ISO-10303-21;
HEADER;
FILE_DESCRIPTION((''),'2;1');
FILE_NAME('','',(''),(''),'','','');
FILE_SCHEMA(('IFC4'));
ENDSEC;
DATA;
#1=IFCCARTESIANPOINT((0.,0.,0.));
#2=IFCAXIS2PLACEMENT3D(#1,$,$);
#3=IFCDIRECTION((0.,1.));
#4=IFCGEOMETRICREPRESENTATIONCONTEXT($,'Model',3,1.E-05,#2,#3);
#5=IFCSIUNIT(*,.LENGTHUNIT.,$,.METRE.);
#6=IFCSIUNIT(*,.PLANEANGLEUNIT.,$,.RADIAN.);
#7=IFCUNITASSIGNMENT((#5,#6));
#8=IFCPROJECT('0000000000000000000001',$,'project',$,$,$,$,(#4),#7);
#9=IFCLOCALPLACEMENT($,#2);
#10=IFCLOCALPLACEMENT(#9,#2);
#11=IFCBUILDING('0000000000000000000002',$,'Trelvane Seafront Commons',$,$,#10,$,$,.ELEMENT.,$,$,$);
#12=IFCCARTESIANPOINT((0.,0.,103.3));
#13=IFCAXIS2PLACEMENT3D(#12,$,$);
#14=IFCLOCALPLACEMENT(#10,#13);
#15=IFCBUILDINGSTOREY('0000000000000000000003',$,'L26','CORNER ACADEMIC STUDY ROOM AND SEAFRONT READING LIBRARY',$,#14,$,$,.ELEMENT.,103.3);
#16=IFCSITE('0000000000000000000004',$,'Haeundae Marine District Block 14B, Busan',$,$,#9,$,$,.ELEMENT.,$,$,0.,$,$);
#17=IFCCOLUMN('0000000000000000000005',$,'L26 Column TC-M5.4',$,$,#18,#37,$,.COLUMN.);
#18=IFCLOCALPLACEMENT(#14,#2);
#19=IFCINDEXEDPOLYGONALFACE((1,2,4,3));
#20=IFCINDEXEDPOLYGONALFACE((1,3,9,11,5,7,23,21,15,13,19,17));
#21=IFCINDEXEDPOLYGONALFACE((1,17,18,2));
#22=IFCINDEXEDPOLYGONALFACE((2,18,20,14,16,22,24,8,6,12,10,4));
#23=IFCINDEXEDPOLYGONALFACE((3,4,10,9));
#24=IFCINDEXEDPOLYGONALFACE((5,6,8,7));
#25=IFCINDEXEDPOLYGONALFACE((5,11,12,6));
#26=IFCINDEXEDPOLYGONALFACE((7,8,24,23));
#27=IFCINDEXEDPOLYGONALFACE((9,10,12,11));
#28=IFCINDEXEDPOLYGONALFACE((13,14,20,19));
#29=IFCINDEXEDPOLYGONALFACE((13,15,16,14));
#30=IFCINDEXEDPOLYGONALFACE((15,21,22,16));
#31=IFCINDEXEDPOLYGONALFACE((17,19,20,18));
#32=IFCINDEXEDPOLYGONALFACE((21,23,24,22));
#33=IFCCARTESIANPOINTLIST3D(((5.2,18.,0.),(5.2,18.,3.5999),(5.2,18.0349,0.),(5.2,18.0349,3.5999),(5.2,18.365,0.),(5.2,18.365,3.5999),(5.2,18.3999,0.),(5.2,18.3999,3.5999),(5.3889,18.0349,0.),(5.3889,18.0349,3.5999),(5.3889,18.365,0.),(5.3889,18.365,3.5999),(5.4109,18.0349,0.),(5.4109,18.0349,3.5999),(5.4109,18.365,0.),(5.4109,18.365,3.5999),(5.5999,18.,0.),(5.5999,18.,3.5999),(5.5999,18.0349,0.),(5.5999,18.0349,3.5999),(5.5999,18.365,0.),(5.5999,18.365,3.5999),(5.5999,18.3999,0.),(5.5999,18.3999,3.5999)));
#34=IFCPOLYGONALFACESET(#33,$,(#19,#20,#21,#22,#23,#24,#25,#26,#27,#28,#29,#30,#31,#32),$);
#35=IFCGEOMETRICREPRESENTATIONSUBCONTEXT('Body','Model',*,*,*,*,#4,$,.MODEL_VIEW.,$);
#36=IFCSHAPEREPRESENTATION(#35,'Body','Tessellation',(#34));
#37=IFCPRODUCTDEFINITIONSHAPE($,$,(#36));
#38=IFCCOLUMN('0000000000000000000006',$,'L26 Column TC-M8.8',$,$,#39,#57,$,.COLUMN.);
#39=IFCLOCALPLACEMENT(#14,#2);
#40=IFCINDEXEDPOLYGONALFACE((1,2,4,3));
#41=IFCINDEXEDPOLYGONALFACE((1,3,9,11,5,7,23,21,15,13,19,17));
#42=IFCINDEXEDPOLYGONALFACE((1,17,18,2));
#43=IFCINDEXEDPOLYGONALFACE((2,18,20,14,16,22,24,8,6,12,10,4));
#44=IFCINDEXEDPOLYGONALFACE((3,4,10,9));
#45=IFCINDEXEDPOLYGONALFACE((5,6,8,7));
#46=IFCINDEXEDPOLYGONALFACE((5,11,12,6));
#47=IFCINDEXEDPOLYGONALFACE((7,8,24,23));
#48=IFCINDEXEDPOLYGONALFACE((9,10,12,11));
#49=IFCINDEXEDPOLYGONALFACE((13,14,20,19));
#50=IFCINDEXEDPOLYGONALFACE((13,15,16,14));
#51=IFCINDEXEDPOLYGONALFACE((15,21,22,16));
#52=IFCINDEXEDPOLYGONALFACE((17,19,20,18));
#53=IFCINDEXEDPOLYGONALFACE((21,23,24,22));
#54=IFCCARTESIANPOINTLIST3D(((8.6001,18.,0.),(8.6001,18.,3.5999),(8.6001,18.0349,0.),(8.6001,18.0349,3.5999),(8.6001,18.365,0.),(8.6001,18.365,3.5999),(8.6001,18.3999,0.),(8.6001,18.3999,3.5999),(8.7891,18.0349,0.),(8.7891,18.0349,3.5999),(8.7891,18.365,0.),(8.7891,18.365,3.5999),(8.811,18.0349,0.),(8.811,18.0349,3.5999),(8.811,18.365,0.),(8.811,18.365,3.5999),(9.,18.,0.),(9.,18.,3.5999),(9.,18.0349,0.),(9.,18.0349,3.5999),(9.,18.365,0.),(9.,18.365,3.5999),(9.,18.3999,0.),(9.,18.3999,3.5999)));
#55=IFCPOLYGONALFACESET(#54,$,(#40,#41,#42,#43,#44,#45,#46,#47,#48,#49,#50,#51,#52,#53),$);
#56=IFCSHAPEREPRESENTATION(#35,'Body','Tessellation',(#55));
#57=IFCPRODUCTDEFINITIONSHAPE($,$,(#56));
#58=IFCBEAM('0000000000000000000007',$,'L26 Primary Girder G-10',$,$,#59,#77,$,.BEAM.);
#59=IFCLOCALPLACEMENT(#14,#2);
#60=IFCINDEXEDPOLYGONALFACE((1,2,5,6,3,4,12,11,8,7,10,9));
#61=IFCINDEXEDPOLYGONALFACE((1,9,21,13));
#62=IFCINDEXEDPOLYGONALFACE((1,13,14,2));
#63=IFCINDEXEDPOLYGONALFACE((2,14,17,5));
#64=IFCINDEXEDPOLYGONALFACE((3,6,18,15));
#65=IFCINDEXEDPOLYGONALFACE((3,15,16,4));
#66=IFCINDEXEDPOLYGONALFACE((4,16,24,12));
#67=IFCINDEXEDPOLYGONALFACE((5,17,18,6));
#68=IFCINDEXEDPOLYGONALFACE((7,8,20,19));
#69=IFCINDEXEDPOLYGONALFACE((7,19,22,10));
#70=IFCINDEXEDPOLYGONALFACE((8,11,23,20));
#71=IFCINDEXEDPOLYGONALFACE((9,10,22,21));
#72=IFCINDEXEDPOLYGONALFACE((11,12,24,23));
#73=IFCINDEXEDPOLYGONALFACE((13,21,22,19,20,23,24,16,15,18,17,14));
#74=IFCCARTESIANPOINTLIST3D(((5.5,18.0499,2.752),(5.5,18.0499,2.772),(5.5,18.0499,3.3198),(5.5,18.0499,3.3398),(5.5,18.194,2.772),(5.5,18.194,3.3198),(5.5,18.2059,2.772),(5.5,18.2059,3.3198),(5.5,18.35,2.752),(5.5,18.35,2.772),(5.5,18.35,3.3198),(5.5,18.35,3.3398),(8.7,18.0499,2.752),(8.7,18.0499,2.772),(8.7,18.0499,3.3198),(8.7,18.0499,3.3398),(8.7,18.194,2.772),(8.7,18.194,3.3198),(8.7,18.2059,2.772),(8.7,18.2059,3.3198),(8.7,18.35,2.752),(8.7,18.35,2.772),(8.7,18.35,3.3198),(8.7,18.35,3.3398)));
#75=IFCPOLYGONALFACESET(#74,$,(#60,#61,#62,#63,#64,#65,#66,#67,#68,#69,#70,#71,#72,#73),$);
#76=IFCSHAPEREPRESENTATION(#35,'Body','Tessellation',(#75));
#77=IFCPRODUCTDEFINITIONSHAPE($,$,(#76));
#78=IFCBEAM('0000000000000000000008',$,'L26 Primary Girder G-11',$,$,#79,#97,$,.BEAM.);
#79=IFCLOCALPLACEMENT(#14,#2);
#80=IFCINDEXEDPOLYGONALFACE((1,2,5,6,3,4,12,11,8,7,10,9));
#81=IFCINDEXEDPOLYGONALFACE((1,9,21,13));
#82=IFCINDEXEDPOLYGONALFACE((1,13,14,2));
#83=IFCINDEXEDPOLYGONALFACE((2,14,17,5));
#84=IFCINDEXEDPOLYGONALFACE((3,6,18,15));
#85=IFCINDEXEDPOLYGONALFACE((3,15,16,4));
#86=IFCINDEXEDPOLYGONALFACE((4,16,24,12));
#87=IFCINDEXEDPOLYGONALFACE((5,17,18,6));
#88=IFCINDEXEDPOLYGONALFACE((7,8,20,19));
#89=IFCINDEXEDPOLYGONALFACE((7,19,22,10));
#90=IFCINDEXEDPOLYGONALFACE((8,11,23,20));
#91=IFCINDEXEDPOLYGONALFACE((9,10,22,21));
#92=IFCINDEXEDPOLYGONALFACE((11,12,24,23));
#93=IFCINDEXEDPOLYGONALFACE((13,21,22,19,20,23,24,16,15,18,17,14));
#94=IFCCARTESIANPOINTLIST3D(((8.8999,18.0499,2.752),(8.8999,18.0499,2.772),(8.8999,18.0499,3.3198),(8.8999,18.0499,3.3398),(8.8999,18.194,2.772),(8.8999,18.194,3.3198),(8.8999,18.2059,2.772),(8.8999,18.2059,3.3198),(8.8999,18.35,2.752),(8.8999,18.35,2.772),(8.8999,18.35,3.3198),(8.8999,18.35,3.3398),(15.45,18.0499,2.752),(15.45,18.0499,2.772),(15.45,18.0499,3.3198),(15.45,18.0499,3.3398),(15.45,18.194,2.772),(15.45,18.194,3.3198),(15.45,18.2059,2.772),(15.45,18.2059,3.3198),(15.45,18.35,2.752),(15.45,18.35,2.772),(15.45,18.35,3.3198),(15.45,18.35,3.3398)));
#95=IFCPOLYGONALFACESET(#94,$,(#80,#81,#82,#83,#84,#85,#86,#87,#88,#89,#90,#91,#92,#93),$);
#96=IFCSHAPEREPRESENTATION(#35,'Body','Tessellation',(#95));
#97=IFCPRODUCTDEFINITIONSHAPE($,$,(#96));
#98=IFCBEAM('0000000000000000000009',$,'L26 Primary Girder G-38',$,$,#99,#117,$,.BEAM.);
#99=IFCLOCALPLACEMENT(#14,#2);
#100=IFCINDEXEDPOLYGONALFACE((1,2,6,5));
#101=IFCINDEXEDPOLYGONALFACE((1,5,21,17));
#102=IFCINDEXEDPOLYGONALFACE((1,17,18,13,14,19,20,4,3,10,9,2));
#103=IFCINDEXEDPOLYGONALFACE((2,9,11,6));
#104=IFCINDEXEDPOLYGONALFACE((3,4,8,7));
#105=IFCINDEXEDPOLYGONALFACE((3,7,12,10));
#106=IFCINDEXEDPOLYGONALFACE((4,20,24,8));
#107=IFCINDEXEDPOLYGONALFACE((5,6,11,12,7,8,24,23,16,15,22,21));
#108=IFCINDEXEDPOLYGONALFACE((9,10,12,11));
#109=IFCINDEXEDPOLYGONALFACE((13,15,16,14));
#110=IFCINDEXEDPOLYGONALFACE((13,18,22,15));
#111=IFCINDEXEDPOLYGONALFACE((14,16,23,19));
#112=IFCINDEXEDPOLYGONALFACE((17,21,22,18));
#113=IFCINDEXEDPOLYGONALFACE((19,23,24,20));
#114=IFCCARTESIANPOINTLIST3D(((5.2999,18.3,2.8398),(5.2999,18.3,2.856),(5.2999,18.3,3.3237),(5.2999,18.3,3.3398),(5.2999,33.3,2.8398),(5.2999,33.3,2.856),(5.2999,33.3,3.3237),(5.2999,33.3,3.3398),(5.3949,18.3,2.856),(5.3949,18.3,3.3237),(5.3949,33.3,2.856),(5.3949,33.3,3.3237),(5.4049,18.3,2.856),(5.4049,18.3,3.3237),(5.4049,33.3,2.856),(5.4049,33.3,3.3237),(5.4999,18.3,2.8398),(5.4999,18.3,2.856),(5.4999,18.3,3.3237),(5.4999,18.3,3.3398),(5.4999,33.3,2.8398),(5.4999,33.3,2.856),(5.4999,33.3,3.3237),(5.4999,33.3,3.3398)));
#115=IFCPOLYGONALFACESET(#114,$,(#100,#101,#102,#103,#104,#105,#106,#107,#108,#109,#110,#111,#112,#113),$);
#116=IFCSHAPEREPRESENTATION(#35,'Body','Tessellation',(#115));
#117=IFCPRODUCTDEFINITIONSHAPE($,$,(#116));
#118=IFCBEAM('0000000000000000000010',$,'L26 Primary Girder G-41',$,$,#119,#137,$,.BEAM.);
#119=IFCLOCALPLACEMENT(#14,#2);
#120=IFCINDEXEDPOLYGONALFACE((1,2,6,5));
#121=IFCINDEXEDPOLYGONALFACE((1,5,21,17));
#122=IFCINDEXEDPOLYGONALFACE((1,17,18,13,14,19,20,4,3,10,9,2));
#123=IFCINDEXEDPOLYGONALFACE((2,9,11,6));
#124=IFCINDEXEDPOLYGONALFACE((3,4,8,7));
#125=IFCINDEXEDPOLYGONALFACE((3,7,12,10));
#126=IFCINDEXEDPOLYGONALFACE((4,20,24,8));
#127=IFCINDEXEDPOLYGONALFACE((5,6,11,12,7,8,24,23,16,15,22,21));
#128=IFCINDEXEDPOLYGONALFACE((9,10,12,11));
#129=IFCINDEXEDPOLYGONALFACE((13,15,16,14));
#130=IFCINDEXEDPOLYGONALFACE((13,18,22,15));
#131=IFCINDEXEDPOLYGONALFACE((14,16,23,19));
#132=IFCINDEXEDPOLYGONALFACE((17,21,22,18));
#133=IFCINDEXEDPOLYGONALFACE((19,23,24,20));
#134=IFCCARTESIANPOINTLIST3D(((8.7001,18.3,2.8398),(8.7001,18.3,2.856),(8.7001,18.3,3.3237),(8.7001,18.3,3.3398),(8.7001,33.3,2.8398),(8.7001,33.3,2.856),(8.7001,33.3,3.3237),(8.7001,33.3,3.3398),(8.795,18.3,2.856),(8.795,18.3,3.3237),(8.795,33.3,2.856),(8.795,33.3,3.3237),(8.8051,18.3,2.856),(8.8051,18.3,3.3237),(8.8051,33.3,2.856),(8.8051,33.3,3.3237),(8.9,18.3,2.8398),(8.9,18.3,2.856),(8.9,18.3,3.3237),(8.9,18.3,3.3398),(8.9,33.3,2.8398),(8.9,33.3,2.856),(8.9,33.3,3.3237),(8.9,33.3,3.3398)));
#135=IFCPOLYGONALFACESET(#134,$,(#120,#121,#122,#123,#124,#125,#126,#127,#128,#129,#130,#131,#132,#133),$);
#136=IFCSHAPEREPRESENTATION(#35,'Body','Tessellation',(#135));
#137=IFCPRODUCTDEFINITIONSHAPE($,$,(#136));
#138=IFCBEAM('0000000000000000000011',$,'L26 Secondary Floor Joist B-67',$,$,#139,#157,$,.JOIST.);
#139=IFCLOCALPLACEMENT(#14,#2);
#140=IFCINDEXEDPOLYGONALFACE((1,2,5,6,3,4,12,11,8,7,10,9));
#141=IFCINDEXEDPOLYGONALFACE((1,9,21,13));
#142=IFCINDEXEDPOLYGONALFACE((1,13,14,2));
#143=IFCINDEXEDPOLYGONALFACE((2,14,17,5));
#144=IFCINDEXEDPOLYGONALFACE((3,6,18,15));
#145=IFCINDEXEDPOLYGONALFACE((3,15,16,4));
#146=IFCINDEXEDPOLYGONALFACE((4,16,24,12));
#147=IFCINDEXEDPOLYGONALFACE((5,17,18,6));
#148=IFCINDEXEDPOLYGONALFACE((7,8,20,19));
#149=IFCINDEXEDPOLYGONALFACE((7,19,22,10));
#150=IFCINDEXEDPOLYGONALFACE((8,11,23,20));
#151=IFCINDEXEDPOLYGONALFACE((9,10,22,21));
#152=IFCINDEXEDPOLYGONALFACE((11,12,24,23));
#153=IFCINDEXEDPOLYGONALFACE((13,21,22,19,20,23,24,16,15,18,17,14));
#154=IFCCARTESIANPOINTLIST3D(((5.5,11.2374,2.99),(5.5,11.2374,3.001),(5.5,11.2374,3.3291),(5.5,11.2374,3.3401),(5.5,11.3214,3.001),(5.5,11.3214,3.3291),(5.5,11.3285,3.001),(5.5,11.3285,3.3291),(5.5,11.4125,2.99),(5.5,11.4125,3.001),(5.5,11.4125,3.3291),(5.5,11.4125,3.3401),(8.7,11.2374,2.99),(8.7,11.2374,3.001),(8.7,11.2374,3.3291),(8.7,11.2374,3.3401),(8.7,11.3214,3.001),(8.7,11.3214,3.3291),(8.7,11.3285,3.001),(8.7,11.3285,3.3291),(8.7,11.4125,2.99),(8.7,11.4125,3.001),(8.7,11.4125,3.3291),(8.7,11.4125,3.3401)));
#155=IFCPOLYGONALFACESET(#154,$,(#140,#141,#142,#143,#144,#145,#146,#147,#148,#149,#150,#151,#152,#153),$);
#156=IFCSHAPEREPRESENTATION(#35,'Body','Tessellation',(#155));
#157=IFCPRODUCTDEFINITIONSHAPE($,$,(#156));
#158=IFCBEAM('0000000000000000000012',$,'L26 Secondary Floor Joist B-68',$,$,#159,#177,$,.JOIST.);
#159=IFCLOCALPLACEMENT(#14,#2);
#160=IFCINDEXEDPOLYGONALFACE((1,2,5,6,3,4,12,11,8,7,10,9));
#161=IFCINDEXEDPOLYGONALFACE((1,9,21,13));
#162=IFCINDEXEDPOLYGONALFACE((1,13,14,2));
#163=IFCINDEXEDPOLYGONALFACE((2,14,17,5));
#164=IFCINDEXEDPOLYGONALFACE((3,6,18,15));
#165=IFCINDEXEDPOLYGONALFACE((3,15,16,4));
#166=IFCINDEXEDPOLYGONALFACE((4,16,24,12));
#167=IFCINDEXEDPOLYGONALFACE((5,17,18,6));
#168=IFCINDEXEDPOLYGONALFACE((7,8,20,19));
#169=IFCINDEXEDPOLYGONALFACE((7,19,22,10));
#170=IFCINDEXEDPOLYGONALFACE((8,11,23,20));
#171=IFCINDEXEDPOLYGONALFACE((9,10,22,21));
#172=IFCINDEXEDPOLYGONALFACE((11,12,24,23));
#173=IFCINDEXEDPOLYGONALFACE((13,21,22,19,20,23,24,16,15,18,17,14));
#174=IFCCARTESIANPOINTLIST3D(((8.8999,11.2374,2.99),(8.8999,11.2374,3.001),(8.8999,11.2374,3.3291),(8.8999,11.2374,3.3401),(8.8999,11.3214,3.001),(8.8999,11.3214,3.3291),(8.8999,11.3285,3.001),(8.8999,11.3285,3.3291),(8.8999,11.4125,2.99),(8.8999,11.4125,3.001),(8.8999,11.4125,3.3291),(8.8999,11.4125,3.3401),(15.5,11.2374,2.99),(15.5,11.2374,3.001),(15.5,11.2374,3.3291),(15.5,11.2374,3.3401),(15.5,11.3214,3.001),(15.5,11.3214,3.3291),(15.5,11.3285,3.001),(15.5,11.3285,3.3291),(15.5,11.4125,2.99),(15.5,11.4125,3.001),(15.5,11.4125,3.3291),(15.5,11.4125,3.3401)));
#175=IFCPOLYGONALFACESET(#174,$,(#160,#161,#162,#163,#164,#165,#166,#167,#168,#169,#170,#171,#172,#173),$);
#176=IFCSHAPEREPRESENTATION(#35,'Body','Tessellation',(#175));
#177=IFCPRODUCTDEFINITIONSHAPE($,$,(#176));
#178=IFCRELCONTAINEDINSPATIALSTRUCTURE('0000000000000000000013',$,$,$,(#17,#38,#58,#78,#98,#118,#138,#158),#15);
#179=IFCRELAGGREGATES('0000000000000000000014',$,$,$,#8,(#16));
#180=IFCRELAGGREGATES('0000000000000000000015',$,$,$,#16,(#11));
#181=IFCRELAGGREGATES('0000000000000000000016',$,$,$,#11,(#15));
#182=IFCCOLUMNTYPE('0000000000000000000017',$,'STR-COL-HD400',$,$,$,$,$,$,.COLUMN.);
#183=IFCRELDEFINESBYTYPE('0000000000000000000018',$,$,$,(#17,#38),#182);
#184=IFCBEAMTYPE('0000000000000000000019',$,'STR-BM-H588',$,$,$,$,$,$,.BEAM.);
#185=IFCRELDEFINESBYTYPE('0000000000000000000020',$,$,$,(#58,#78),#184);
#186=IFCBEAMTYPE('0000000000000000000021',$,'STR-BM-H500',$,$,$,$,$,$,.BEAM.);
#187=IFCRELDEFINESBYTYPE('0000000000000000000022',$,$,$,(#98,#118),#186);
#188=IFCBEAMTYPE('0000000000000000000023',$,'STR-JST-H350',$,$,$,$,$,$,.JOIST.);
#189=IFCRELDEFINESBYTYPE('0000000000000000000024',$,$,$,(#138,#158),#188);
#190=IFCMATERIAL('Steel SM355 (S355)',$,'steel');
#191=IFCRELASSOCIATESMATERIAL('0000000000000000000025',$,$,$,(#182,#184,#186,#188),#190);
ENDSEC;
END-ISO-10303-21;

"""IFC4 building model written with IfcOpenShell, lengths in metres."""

from ifc_helpers import new_model, si_unit, direction, frame, origin, origin_2d, place, context, subcontext, project, spatial, i_section, extrude, source, transform, mapped, material, material_profile, profile_set, type_object, element, save


model = new_model("IFC4")

# Units and contexts
model_context = context("Model", 3, precision=1e-05, world=origin(), true_north=direction((0.0, 1.0)))
body_context = subcontext(model_context, "Body", "Model", "MODEL_VIEW")
ifc_project = project(units=[si_unit("LENGTHUNIT", "METRE"), si_unit("PLANEANGLEUNIT", "RADIAN")], contexts=[model_context])

# Site, building, storey
site_placement = place(None, origin())
site = spatial("IfcSite", under=ifc_project, at=site_placement, Name="Haeundae Marine District Block 14B, Busan", CompositionType="ELEMENT", RefElevation=0.0)
building_placement = place(site_placement, origin())
building = spatial("IfcBuilding", under=site, at=building_placement, Name="Trelvane Seafront Commons", CompositionType="ELEMENT")
storey_placement = place(building_placement, frame((0.0, 0.0, 103.3)))
storey = spatial("IfcBuildingStorey", under=building, at=storey_placement, Name="L26", Description="CORNER ACADEMIC STUDY ROOM AND SEAFRONT READING LIBRARY", CompositionType="ELEMENT", Elevation=103.3)

# Columns
ifc_material_1 = material(Name="Steel SM355 (S355)", Category="steel")
ifc_material_profile_1 = material_profile(ifc_material_1, i_section(OverallWidth=0.3999, OverallDepth=0.3999, WebThickness=0.022, FlangeThickness=0.0349, at=origin_2d()), Name="HD-400x400x22x35")
ifc_profile_set_1 = profile_set([ifc_material_profile_1], Name="Steel SM355 (S355)")
column_type = type_object("IfcColumnType", Name="STR-COL-HD400", PredefinedType="COLUMN", material=ifc_profile_set_1)
shared_shape_1 = source(origin(), body_context, "Body", "SweptSolid", [
    extrude(i_section(OverallWidth=0.3999, OverallDepth=0.3999, WebThickness=0.022, FlangeThickness=0.0349, at=origin_2d()), origin(), (0.0, 0.0, 1.0), 3.5999),
])
for number, where, z_axis, x_axis, name in (
    (1, (5.3999, 18.2, 0.0), (0.0, 0.0, 1.0), (1.0, 0.0, 0.0), "L26 Column TC-M5.4"),
    (2, (8.8, 18.2, 0.0), (0.0, 0.0, 1.0), (1.0, 0.0, 0.0), "L26 Column TC-M8.8"),
):
    element("IfcColumn", number, at=place(storey_placement, frame(where, z_axis=z_axis, x_axis=x_axis)), inside=storey, type_object=column_type, Name=name, PredefinedType="COLUMN", context=body_context, shape_type="MappedRepresentation", body=[
        mapped(shared_shape_1, transform((0.0, 0.0, 0.0), x_axis=(1.0, 0.0, 0.0), y_axis=(0.0, 1.0, 0.0), z_axis=(0.0, 0.0, 1.0), scale=1.0)),
    ])

# Beams
ifc_material_profile_2 = material_profile(ifc_material_1, i_section(OverallWidth=0.3, OverallDepth=0.5879, WebThickness=0.012, FlangeThickness=0.02, at=origin_2d()), Name="H-588x300x12x20")
ifc_profile_set_2 = profile_set([ifc_material_profile_2], Name="Steel SM355 (S355)")
beam_type_1 = type_object("IfcBeamType", Name="STR-BM-H588", PredefinedType="BEAM", material=ifc_profile_set_2)
shared_shape_2 = source(origin(), body_context, "Body", "SweptSolid", [
    extrude(i_section(OverallWidth=0.3, OverallDepth=0.5879, WebThickness=0.012, FlangeThickness=0.02, at=origin_2d()), origin(), (0.0, 0.0, 1.0), 3.2),
])
beam_1_placement = place(storey_placement, frame((5.5, 18.2, 3.0459), z_axis=(1.0, 0.0, 0.0), x_axis=(0.0, 1.0, 0.0)))
element("IfcBeam", 3, at=beam_1_placement, inside=storey, type_object=beam_type_1, Name="L26 Primary Girder G-10", PredefinedType="BEAM", context=body_context, shape_type="MappedRepresentation", body=[
    mapped(shared_shape_2, transform((0.0, 0.0, 0.0), x_axis=(1.0, 0.0, 0.0), y_axis=(0.0, 1.0, 0.0), z_axis=(0.0, 0.0, 1.0), scale=1.0)),
])
shared_shape_3 = source(origin(), body_context, "Body", "SweptSolid", [
    extrude(i_section(OverallWidth=0.3, OverallDepth=0.5879, WebThickness=0.012, FlangeThickness=0.02, at=origin_2d()), origin(), (0.0, 0.0, 1.0), 6.55),
])
beam_2_placement = place(storey_placement, frame((8.8999, 18.2, 3.0459), z_axis=(1.0, 0.0, 0.0), x_axis=(0.0, 1.0, 0.0)))
element("IfcBeam", 4, at=beam_2_placement, inside=storey, type_object=beam_type_1, Name="L26 Primary Girder G-11", PredefinedType="BEAM", context=body_context, shape_type="MappedRepresentation", body=[
    mapped(shared_shape_3, transform((0.0, 0.0, 0.0), x_axis=(1.0, 0.0, 0.0), y_axis=(0.0, 1.0, 0.0), z_axis=(0.0, 0.0, 1.0), scale=1.0)),
])
ifc_material_profile_3 = material_profile(ifc_material_1, i_section(OverallWidth=0.2, OverallDepth=0.5, WebThickness=0.01, FlangeThickness=0.0161, at=origin_2d()), Name="H-500x200x10x16")
ifc_profile_set_3 = profile_set([ifc_material_profile_3], Name="Steel SM355 (S355)")
beam_type_2 = type_object("IfcBeamType", Name="STR-BM-H500", PredefinedType="BEAM", material=ifc_profile_set_3)
shared_shape_4 = source(origin(), body_context, "Body", "SweptSolid", [
    extrude(i_section(OverallWidth=0.2, OverallDepth=0.5, WebThickness=0.01, FlangeThickness=0.0161, at=origin_2d()), origin(), (0.0, 0.0, 1.0), 15.0),
])
for number, where, z_axis, x_axis, name in (
    (5, (5.3999, 18.3, 3.0898), (0.0, 1.0, 0.0), (-1.0, 0.0, 0.0), "L26 Primary Girder G-38"),
    (6, (8.8, 18.3, 3.0898), (0.0, 1.0, 0.0), (-1.0, 0.0, 0.0), "L26 Primary Girder G-41"),
):
    element("IfcBeam", number, at=place(storey_placement, frame(where, z_axis=z_axis, x_axis=x_axis)), inside=storey, type_object=beam_type_2, Name=name, PredefinedType="BEAM", context=body_context, shape_type="MappedRepresentation", body=[
        mapped(shared_shape_4, transform((0.0, 0.0, 0.0), x_axis=(1.0, 0.0, 0.0), y_axis=(0.0, 1.0, 0.0), z_axis=(0.0, 0.0, 1.0), scale=1.0)),
    ])
ifc_material_profile_4 = material_profile(ifc_material_1, i_section(OverallWidth=0.175, OverallDepth=0.3501, WebThickness=0.0071, FlangeThickness=0.011, at=origin_2d()), Name="H-350x175x7x11")
ifc_profile_set_4 = profile_set([ifc_material_profile_4], Name="Steel SM355 (S355)")
beam_type_3 = type_object("IfcBeamType", Name="STR-JST-H350", PredefinedType="JOIST", material=ifc_profile_set_4)
shared_shape_5 = source(origin(), body_context, "Body", "SweptSolid", [
    extrude(i_section(OverallWidth=0.175, OverallDepth=0.3501, WebThickness=0.0071, FlangeThickness=0.011, at=origin_2d()), origin(), (0.0, 0.0, 1.0), 3.2),
])
beam_3_placement = place(storey_placement, frame((5.5, 11.325, 3.165), z_axis=(1.0, 0.0, 0.0), x_axis=(0.0, 1.0, 0.0)))
element("IfcBeam", 7, at=beam_3_placement, inside=storey, type_object=beam_type_3, Name="L26 Secondary Floor Joist B-67", PredefinedType="JOIST", context=body_context, shape_type="MappedRepresentation", body=[
    mapped(shared_shape_5, transform((0.0, 0.0, 0.0), x_axis=(1.0, 0.0, 0.0), y_axis=(0.0, 1.0, 0.0), z_axis=(0.0, 0.0, 1.0), scale=1.0)),
])
shared_shape_6 = source(origin(), body_context, "Body", "SweptSolid", [
    extrude(i_section(OverallWidth=0.175, OverallDepth=0.3501, WebThickness=0.0071, FlangeThickness=0.011, at=origin_2d()), origin(), (0.0, 0.0, 1.0), 6.6001),
])
beam_4_placement = place(storey_placement, frame((8.8999, 11.325, 3.165), z_axis=(1.0, 0.0, 0.0), x_axis=(0.0, 1.0, 0.0)))
element("IfcBeam", 8, at=beam_4_placement, inside=storey, type_object=beam_type_3, Name="L26 Secondary Floor Joist B-68", PredefinedType="JOIST", context=body_context, shape_type="MappedRepresentation", body=[
    mapped(shared_shape_6, transform((0.0, 0.0, 0.0), x_axis=(1.0, 0.0, 0.0), y_axis=(0.0, 1.0, 0.0), z_axis=(0.0, 0.0, 1.0), scale=1.0)),
])

save(model, "model.ifc")
